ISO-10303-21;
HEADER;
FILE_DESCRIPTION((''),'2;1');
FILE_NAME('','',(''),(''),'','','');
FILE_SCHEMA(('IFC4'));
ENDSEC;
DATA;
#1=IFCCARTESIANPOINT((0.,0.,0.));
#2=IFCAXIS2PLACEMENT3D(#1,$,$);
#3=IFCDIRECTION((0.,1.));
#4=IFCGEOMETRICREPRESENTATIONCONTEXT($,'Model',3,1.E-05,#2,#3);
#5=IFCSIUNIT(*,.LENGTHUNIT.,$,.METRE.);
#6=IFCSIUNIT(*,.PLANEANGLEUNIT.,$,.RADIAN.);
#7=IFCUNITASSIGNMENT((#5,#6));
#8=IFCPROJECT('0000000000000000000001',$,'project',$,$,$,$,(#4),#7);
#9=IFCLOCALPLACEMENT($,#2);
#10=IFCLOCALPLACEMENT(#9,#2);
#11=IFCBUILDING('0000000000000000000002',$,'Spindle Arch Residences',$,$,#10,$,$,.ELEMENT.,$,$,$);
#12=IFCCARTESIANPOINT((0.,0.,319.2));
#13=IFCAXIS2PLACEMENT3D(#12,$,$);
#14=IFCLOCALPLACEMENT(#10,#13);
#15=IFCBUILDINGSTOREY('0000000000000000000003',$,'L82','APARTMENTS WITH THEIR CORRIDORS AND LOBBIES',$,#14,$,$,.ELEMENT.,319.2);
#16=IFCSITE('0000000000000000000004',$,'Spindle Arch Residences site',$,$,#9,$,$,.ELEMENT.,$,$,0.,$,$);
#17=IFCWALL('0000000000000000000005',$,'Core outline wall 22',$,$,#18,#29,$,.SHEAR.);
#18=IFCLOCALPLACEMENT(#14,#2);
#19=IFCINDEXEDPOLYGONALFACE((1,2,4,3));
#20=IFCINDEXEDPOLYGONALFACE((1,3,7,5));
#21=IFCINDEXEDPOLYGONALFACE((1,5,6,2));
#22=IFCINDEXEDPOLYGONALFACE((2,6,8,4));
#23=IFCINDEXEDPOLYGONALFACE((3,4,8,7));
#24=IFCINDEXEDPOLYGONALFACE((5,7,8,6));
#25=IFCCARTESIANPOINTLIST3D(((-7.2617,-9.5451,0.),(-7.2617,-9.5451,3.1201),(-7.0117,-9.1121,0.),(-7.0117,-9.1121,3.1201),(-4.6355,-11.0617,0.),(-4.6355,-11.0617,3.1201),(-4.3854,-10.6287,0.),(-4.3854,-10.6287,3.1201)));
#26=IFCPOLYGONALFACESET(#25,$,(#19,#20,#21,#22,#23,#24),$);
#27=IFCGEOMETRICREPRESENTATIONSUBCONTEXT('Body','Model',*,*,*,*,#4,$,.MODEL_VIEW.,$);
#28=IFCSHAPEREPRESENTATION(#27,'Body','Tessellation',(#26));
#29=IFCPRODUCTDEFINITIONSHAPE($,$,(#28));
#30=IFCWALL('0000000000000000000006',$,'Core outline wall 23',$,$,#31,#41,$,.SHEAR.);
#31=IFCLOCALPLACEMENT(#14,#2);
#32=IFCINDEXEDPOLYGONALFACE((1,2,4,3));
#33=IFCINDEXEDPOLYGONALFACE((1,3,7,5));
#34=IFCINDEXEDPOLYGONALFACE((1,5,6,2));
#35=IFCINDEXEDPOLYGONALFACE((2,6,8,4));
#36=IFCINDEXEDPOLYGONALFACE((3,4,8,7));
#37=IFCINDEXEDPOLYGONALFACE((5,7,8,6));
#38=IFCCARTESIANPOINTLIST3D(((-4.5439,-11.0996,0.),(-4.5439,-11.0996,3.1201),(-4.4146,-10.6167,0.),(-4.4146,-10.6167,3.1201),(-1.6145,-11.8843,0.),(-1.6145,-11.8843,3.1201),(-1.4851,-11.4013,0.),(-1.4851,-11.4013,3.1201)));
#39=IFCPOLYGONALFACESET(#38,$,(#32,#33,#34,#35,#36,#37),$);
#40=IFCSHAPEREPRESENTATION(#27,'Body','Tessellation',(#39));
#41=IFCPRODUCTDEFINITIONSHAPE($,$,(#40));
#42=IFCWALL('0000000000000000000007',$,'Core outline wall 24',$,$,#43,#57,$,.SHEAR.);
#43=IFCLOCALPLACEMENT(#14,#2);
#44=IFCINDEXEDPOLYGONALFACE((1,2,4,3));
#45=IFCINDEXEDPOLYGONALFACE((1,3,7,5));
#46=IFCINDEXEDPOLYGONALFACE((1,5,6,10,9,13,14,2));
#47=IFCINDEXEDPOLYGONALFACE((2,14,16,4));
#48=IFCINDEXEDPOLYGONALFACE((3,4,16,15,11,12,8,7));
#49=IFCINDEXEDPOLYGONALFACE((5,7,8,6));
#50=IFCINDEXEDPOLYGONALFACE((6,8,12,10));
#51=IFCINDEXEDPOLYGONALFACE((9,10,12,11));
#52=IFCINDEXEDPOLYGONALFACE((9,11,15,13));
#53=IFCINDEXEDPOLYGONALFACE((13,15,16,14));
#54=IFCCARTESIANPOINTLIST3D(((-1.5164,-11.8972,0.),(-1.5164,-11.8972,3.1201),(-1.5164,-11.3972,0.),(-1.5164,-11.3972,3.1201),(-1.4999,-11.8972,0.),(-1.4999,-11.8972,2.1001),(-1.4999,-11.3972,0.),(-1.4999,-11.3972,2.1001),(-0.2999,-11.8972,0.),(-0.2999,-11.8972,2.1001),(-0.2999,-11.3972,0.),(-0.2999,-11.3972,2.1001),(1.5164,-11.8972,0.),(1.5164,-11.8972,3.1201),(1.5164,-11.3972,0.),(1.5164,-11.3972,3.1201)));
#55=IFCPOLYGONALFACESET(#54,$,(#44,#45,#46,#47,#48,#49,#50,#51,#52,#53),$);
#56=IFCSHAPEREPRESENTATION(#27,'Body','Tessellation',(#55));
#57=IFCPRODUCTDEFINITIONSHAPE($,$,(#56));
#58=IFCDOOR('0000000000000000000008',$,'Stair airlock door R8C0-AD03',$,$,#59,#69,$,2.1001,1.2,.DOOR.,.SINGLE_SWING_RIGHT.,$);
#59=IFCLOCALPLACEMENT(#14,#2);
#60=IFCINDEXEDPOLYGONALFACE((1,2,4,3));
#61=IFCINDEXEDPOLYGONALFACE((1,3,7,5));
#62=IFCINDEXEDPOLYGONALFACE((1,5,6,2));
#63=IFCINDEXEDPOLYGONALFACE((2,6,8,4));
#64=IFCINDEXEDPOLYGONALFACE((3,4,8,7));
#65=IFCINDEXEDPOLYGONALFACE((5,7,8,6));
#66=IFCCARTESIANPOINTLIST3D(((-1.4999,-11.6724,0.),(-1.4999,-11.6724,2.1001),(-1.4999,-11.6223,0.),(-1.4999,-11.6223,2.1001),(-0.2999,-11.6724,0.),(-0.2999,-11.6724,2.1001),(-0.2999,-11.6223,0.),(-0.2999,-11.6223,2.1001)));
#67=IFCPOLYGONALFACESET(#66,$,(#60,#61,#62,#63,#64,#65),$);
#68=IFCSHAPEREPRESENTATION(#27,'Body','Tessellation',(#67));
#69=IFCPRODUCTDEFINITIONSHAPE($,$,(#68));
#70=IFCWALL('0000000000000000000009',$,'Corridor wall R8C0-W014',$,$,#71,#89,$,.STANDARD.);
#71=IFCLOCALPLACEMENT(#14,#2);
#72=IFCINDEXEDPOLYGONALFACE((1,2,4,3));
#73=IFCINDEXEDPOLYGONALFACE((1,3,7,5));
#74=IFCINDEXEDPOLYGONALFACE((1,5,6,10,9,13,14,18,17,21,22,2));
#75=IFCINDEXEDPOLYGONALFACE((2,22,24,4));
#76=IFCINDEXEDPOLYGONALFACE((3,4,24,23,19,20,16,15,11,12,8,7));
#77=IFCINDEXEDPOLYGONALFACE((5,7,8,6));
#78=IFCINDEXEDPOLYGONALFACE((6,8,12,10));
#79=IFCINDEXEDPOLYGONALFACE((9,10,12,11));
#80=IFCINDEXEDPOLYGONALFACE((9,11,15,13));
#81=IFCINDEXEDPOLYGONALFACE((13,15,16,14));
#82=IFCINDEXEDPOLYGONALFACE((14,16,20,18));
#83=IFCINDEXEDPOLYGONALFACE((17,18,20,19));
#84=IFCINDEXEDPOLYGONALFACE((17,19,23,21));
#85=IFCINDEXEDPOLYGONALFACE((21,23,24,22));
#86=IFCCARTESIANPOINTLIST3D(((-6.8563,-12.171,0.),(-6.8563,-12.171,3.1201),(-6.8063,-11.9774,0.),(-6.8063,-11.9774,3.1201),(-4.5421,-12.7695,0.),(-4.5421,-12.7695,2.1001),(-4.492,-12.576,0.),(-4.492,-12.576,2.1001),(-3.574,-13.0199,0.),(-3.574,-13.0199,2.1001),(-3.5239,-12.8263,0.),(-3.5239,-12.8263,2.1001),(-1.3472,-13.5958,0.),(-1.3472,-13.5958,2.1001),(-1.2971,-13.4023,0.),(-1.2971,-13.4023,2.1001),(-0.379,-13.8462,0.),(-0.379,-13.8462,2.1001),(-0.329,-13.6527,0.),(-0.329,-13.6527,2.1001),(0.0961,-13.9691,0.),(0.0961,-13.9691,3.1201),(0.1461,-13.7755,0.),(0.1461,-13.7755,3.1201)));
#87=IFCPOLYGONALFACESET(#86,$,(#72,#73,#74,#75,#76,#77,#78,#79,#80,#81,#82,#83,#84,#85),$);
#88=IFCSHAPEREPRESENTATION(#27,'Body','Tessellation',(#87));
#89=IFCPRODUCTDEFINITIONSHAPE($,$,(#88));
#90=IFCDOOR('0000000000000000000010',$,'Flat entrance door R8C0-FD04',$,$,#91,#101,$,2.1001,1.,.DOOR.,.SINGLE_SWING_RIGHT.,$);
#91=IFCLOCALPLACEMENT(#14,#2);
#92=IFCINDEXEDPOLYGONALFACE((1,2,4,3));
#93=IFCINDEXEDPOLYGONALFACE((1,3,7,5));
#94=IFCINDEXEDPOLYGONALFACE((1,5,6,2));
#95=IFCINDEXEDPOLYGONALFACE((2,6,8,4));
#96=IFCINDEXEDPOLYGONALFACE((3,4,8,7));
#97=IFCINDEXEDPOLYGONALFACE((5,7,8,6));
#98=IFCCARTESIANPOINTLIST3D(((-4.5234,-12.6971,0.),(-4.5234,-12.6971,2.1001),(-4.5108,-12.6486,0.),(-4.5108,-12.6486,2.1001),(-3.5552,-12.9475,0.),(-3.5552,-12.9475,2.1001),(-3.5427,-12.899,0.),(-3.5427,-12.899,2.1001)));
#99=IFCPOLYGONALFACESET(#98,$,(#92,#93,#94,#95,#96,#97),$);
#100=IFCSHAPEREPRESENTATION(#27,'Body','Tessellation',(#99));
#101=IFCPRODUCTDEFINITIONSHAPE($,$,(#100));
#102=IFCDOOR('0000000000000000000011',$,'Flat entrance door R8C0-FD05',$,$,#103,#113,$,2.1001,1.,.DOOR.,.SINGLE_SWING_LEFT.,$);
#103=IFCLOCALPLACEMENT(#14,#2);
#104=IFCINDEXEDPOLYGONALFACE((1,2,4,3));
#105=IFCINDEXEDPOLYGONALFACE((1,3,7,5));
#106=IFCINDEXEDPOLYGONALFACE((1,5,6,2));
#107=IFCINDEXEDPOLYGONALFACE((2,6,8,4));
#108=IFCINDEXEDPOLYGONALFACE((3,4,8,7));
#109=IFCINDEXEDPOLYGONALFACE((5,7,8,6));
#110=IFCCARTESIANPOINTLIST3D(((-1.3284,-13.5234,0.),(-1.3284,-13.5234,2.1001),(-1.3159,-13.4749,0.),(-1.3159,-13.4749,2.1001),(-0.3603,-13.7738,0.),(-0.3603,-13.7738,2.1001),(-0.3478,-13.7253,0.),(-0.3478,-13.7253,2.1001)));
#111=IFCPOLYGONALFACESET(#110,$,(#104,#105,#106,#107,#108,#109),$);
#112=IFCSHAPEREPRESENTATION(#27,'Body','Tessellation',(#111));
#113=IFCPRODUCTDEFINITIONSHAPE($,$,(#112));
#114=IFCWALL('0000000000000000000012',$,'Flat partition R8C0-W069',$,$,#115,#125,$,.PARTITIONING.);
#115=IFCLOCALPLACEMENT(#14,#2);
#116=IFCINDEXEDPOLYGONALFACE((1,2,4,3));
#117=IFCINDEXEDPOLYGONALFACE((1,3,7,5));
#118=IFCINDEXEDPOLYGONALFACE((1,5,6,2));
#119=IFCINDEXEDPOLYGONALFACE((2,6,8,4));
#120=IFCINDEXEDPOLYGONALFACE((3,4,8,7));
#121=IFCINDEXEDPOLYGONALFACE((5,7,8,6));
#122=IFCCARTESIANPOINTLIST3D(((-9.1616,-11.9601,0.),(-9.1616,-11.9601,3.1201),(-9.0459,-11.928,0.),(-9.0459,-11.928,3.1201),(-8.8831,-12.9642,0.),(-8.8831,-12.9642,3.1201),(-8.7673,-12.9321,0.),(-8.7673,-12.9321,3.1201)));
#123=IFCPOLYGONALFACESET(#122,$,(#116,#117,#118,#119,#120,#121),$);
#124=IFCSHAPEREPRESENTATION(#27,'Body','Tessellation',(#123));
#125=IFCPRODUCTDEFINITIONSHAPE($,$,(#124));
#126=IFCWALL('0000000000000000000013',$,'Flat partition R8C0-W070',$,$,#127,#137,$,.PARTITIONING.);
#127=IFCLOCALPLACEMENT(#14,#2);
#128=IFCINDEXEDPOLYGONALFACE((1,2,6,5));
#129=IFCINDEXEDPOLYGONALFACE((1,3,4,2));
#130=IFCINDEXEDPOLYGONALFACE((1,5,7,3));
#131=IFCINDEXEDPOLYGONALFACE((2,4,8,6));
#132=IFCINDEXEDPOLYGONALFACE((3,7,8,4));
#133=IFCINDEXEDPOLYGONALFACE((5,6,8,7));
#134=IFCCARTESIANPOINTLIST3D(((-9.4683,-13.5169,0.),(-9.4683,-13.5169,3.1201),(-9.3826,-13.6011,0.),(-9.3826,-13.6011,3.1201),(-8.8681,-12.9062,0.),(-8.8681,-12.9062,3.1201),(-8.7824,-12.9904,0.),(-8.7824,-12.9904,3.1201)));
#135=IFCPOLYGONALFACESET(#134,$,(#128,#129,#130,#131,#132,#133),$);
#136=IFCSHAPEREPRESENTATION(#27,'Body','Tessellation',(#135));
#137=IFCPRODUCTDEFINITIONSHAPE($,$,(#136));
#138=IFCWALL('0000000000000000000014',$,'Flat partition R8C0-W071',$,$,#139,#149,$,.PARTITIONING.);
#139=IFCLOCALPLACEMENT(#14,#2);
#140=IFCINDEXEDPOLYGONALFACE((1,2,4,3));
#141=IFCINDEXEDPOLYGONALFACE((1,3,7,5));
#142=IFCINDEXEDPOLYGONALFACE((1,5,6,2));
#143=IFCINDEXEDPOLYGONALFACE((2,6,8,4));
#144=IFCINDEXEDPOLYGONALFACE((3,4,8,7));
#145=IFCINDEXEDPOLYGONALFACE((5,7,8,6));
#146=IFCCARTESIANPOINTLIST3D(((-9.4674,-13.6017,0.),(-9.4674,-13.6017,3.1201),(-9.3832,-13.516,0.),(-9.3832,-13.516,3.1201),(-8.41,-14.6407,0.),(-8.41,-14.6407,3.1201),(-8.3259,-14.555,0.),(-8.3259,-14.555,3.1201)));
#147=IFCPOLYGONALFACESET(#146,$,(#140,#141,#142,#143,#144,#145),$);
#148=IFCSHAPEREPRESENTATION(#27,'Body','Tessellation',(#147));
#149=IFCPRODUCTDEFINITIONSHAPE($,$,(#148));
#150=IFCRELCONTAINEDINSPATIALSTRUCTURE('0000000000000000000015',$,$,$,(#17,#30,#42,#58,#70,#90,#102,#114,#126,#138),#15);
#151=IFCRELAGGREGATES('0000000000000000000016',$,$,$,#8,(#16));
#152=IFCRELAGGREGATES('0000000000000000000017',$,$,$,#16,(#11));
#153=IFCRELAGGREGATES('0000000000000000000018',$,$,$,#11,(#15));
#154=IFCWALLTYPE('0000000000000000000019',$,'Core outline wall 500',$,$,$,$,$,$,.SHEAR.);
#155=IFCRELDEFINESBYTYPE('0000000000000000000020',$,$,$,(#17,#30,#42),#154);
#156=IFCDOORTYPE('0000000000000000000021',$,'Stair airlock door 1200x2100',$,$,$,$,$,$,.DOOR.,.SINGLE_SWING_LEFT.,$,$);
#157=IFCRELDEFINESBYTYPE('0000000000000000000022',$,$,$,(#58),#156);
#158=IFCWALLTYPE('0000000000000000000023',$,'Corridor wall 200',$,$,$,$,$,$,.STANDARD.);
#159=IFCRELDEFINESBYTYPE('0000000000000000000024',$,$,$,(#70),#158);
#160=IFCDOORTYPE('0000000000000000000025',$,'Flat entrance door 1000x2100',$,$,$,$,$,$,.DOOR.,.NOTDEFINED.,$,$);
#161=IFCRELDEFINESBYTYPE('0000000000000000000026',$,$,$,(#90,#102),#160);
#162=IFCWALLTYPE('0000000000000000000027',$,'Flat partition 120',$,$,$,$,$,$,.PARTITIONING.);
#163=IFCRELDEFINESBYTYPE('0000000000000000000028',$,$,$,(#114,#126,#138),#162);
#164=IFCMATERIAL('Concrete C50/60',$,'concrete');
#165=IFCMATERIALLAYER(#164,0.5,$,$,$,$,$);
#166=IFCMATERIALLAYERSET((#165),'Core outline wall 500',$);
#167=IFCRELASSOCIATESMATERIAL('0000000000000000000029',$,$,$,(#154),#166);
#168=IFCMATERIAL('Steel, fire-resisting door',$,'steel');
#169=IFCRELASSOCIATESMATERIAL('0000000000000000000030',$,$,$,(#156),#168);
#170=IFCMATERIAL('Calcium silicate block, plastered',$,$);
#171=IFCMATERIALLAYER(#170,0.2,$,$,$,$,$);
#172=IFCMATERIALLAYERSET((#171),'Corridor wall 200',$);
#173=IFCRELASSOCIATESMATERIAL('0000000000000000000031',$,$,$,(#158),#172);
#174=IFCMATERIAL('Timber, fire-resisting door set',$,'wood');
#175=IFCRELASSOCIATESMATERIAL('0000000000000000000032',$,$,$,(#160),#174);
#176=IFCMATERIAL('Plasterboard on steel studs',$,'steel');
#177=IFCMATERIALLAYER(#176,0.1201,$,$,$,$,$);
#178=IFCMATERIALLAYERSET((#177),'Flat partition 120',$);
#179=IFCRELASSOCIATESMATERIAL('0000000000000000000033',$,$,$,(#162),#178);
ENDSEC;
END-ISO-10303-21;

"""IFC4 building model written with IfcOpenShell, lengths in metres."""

from ifc_helpers import new_model, si_unit, direction, frame, frame_2d, origin, place, context, subcontext, project, spatial, rectangle, extrude, material, layer, layer_set, type_object, element, fill, save


model = new_model("IFC4")

# Units and contexts
model_context = context("Model", 3, precision=1e-05, world=origin(), true_north=direction((0.0, 1.0)))
body_context = subcontext(model_context, "Body", "Model", "MODEL_VIEW")
ifc_project = project(units=[si_unit("LENGTHUNIT", "METRE"), si_unit("PLANEANGLEUNIT", "RADIAN")], contexts=[model_context])

# Site, building, storey
site_placement = place(None, origin())
site = spatial("IfcSite", under=ifc_project, at=site_placement, Name="Spindle Arch Residences site", CompositionType="ELEMENT", RefElevation=0.0)
building_placement = place(site_placement, origin())
building = spatial("IfcBuilding", under=site, at=building_placement, Name="Spindle Arch Residences", CompositionType="ELEMENT")
storey_placement = place(building_placement, frame((0.0, 0.0, 319.2)))
storey = spatial("IfcBuildingStorey", under=building, at=storey_placement, Name="L82", Description="APARTMENTS WITH THEIR CORRIDORS AND LOBBIES", CompositionType="ELEMENT", Elevation=319.2)

# Walls
ifc_material_1 = material(Name="Concrete C50/60", Category="concrete")
ifc_layer_1 = layer(ifc_material_1, 0.5)
ifc_layer_set_1 = layer_set([ifc_layer_1], Name="Core outline wall 500")
wall_type_1 = type_object("IfcWallType", Name="Core outline wall 500", PredefinedType="SHEAR", material=ifc_layer_set_1)
for number, where, z_axis, x_axis, name in (
    (1, (-7.1367, -9.3286, 0.0), (0.0, 0.0, 1.0), (0.865975, -0.500087, 0.0), "Core outline wall 22"),
    (2, (-4.4792, -10.8582, 0.0), (0.0, 0.0, 1.0), (0.965948, -0.258735, 0.0), "Core outline wall 23"),
):
    element("IfcWall", number, at=place(storey_placement, frame(where, z_axis=z_axis, x_axis=x_axis)), inside=storey, type_object=wall_type_1, Name=name, PredefinedType="SHEAR", context=body_context, shape_type="SweptSolid", body=[
        extrude(rectangle(XDim=3.0327, YDim=0.5, at=frame_2d((1.5164, 0.0))), origin(), (0.0, 0.0, 1.0), 3.1201),
    ])

# Wall, opening, door
wall_1_placement = place(storey_placement, frame((-1.5164, -11.6472, 0.0), z_axis=(0.0, 0.0, 1.0), x_axis=(1.0, 0.0, 0.0)))
wall_1 = element("IfcWall", 3, at=wall_1_placement, inside=storey, type_object=wall_type_1, Name="Core outline wall 24", PredefinedType="SHEAR", context=body_context, shape_type="SweptSolid", body=[
    extrude(rectangle(XDim=3.0327, YDim=0.5, at=frame_2d((1.5164, 0.0))), origin(), (0.0, 0.0, 1.0), 3.1201),
])
opening_1_placement = place(wall_1_placement, frame((0.0164, 0.0, 0.0)))
opening_1 = element("IfcOpeningElement", 4, at=opening_1_placement, cuts=wall_1, PredefinedType="OPENING", context=body_context, shape_type="SweptSolid", body=[
    extrude(rectangle(XDim=1.2, YDim=2.1001, at=frame_2d((0.6001, 1.05))), frame((0.0, 0.26, 0.0), z_axis=(0.0, -1.0, 0.0), x_axis=(1.0, 0.0, 0.0)), (0.0, 0.0, 1.0), 0.52),
])
ifc_material_2 = material(Name="Steel, fire-resisting door", Category="steel")
door_type_1 = type_object("IfcDoorType", Name="Stair airlock door 1200x2100", OperationType="SINGLE_SWING_LEFT", PredefinedType="DOOR", material=ifc_material_2)
door_1_placement = place(opening_1_placement, origin())
door_1 = element("IfcDoor", 5, at=door_1_placement, inside=storey, type_object=door_type_1, Name="Stair airlock door R8C0-AD03", OperationType="SINGLE_SWING_RIGHT", OverallHeight=2.1001, OverallWidth=1.2, PredefinedType="DOOR", context=body_context, shape_type="SweptSolid", body=[
    extrude(rectangle(XDim=1.2, YDim=2.1001, at=frame_2d((0.6001, 1.05))), frame((0.0, 0.0249, 0.0), z_axis=(0.0, -1.0, 0.0), x_axis=(1.0, 0.0, 0.0)), (0.0, 0.0, 1.0), 0.05),
])
fill(opening_1, door_1)

# Wall, openings, doors
ifc_material_3 = material(Name="Calcium silicate block, plastered")
ifc_layer_2 = layer(ifc_material_3, 0.2)
ifc_layer_set_2 = layer_set([ifc_layer_2], Name="Corridor wall 200")
wall_type_2 = type_object("IfcWallType", Name="Corridor wall 200", PredefinedType="STANDARD", material=ifc_layer_set_2)
wall_2_placement = place(storey_placement, frame((-6.8313, -12.0742, 0.0), z_axis=(0.0, 0.0, 1.0), x_axis=(0.968145, -0.250391, 0.0)))
wall_2 = element("IfcWall", 6, at=wall_2_placement, inside=storey, type_object=wall_type_2, Name="Corridor wall R8C0-W014", PredefinedType="STANDARD", context=body_context, shape_type="SweptSolid", body=[
    extrude(rectangle(XDim=7.1812, YDim=0.2, at=frame_2d((3.5906, 0.0))), origin(), (0.0, 0.0, 1.0), 3.1201),
])
opening_2_placement = place(wall_2_placement, frame((2.3904, 0.0, 0.0)))
opening_2 = element("IfcOpeningElement", 7, at=opening_2_placement, cuts=wall_2, PredefinedType="OPENING", context=body_context, shape_type="SweptSolid", body=[
    extrude(rectangle(XDim=1.0, YDim=2.1001, at=frame_2d((0.5, 1.05))), frame((0.0, 0.1099, 0.0), z_axis=(0.0, -1.0, 0.0), x_axis=(1.0, 0.0, 0.0)), (0.0, 0.0, 1.0), 0.22),
])
opening_3_placement = place(wall_2_placement, frame((5.6904, 0.0, 0.0)))
opening_3 = element("IfcOpeningElement", 8, at=opening_3_placement, cuts=wall_2, PredefinedType="OPENING", context=body_context, shape_type="SweptSolid", body=[
    extrude(rectangle(XDim=1.0, YDim=2.1001, at=frame_2d((0.5, 1.05))), frame((0.0, 0.1099, 0.0), z_axis=(0.0, -1.0, 0.0), x_axis=(1.0, 0.0, 0.0)), (0.0, 0.0, 1.0), 0.22),
])
ifc_material_4 = material(Name="Timber, fire-resisting door set", Category="wood")
door_type_2 = type_object("IfcDoorType", Name="Flat entrance door 1000x2100", OperationType="NOTDEFINED", PredefinedType="DOOR", material=ifc_material_4)
door_2_placement = place(opening_2_placement, origin())
door_2 = element("IfcDoor", 9, at=door_2_placement, inside=storey, type_object=door_type_2, Name="Flat entrance door R8C0-FD04", OperationType="SINGLE_SWING_RIGHT", OverallHeight=2.1001, OverallWidth=1.0, PredefinedType="DOOR", context=body_context, shape_type="SweptSolid", body=[
    extrude(rectangle(XDim=1.0, YDim=2.1001, at=frame_2d((0.5, 1.05))), frame((0.0, 0.0249, 0.0), z_axis=(0.0, -1.0, 0.0), x_axis=(1.0, 0.0, 0.0)), (0.0, 0.0, 1.0), 0.05),
])
fill(opening_2, door_2)
door_3_placement = place(opening_3_placement, origin())
door_3 = element("IfcDoor", 10, at=door_3_placement, inside=storey, type_object=door_type_2, Name="Flat entrance door R8C0-FD05", OperationType="SINGLE_SWING_LEFT", OverallHeight=2.1001, OverallWidth=1.0, PredefinedType="DOOR", context=body_context, shape_type="SweptSolid", body=[
    extrude(rectangle(XDim=1.0, YDim=2.1001, at=frame_2d((0.5, 1.05))), frame((0.0, 0.0249, 0.0), z_axis=(0.0, -1.0, 0.0), x_axis=(1.0, 0.0, 0.0)), (0.0, 0.0, 1.0), 0.05),
])
fill(opening_3, door_3)

# Walls
ifc_material_5 = material(Name="Plasterboard on steel studs", Category="steel")
ifc_layer_3 = layer(ifc_material_5, 0.1201)
ifc_layer_set_3 = layer_set([ifc_layer_3], Name="Flat partition 120")
wall_type_3 = type_object("IfcWallType", Name="Flat partition 120", PredefinedType="PARTITIONING", material=ifc_layer_set_3)
wall_3_placement = place(storey_placement, frame((-9.1038, -11.9441, 0.0), z_axis=(0.0, 0.0, 1.0), x_axis=(0.267318, -0.963608, 0.0)))
element("IfcWall", 11, at=wall_3_placement, inside=storey, type_object=wall_type_3, Name="Flat partition R8C0-W069", PredefinedType="PARTITIONING", context=body_context, shape_type="SweptSolid", body=[
    extrude(rectangle(XDim=1.042, YDim=0.1201, at=frame_2d((0.521, 0.0))), origin(), (0.0, 0.0, 1.0), 3.1201),
])
wall_4_placement = place(storey_placement, frame((-8.8252, -12.9482, 0.0), z_axis=(0.0, 0.0, 1.0), x_axis=(-0.700949, -0.713211, 0.0)))
element("IfcWall", 12, at=wall_4_placement, inside=storey, type_object=wall_type_3, Name="Flat partition R8C0-W070", PredefinedType="PARTITIONING", context=body_context, shape_type="SweptSolid", body=[
    extrude(rectangle(XDim=0.8562, YDim=0.1201, at=frame_2d((0.4282, 0.0))), origin(), (0.0, 0.0, 1.0), 3.1201),
])
wall_5_placement = place(storey_placement, frame((-9.4253, -13.5588, 0.0), z_axis=(0.0, 0.0, 1.0), x_axis=(0.713256, -0.700904, 0.0)))
element("IfcWall", 13, at=wall_5_placement, inside=storey, type_object=wall_type_3, Name="Flat partition R8C0-W071", PredefinedType="PARTITIONING", context=body_context, shape_type="SweptSolid", body=[
    extrude(rectangle(XDim=1.4824, YDim=0.1201, at=frame_2d((0.7412, 0.0))), origin(), (0.0, 0.0, 1.0), 3.1201),
])

save(model, "model.ifc")
